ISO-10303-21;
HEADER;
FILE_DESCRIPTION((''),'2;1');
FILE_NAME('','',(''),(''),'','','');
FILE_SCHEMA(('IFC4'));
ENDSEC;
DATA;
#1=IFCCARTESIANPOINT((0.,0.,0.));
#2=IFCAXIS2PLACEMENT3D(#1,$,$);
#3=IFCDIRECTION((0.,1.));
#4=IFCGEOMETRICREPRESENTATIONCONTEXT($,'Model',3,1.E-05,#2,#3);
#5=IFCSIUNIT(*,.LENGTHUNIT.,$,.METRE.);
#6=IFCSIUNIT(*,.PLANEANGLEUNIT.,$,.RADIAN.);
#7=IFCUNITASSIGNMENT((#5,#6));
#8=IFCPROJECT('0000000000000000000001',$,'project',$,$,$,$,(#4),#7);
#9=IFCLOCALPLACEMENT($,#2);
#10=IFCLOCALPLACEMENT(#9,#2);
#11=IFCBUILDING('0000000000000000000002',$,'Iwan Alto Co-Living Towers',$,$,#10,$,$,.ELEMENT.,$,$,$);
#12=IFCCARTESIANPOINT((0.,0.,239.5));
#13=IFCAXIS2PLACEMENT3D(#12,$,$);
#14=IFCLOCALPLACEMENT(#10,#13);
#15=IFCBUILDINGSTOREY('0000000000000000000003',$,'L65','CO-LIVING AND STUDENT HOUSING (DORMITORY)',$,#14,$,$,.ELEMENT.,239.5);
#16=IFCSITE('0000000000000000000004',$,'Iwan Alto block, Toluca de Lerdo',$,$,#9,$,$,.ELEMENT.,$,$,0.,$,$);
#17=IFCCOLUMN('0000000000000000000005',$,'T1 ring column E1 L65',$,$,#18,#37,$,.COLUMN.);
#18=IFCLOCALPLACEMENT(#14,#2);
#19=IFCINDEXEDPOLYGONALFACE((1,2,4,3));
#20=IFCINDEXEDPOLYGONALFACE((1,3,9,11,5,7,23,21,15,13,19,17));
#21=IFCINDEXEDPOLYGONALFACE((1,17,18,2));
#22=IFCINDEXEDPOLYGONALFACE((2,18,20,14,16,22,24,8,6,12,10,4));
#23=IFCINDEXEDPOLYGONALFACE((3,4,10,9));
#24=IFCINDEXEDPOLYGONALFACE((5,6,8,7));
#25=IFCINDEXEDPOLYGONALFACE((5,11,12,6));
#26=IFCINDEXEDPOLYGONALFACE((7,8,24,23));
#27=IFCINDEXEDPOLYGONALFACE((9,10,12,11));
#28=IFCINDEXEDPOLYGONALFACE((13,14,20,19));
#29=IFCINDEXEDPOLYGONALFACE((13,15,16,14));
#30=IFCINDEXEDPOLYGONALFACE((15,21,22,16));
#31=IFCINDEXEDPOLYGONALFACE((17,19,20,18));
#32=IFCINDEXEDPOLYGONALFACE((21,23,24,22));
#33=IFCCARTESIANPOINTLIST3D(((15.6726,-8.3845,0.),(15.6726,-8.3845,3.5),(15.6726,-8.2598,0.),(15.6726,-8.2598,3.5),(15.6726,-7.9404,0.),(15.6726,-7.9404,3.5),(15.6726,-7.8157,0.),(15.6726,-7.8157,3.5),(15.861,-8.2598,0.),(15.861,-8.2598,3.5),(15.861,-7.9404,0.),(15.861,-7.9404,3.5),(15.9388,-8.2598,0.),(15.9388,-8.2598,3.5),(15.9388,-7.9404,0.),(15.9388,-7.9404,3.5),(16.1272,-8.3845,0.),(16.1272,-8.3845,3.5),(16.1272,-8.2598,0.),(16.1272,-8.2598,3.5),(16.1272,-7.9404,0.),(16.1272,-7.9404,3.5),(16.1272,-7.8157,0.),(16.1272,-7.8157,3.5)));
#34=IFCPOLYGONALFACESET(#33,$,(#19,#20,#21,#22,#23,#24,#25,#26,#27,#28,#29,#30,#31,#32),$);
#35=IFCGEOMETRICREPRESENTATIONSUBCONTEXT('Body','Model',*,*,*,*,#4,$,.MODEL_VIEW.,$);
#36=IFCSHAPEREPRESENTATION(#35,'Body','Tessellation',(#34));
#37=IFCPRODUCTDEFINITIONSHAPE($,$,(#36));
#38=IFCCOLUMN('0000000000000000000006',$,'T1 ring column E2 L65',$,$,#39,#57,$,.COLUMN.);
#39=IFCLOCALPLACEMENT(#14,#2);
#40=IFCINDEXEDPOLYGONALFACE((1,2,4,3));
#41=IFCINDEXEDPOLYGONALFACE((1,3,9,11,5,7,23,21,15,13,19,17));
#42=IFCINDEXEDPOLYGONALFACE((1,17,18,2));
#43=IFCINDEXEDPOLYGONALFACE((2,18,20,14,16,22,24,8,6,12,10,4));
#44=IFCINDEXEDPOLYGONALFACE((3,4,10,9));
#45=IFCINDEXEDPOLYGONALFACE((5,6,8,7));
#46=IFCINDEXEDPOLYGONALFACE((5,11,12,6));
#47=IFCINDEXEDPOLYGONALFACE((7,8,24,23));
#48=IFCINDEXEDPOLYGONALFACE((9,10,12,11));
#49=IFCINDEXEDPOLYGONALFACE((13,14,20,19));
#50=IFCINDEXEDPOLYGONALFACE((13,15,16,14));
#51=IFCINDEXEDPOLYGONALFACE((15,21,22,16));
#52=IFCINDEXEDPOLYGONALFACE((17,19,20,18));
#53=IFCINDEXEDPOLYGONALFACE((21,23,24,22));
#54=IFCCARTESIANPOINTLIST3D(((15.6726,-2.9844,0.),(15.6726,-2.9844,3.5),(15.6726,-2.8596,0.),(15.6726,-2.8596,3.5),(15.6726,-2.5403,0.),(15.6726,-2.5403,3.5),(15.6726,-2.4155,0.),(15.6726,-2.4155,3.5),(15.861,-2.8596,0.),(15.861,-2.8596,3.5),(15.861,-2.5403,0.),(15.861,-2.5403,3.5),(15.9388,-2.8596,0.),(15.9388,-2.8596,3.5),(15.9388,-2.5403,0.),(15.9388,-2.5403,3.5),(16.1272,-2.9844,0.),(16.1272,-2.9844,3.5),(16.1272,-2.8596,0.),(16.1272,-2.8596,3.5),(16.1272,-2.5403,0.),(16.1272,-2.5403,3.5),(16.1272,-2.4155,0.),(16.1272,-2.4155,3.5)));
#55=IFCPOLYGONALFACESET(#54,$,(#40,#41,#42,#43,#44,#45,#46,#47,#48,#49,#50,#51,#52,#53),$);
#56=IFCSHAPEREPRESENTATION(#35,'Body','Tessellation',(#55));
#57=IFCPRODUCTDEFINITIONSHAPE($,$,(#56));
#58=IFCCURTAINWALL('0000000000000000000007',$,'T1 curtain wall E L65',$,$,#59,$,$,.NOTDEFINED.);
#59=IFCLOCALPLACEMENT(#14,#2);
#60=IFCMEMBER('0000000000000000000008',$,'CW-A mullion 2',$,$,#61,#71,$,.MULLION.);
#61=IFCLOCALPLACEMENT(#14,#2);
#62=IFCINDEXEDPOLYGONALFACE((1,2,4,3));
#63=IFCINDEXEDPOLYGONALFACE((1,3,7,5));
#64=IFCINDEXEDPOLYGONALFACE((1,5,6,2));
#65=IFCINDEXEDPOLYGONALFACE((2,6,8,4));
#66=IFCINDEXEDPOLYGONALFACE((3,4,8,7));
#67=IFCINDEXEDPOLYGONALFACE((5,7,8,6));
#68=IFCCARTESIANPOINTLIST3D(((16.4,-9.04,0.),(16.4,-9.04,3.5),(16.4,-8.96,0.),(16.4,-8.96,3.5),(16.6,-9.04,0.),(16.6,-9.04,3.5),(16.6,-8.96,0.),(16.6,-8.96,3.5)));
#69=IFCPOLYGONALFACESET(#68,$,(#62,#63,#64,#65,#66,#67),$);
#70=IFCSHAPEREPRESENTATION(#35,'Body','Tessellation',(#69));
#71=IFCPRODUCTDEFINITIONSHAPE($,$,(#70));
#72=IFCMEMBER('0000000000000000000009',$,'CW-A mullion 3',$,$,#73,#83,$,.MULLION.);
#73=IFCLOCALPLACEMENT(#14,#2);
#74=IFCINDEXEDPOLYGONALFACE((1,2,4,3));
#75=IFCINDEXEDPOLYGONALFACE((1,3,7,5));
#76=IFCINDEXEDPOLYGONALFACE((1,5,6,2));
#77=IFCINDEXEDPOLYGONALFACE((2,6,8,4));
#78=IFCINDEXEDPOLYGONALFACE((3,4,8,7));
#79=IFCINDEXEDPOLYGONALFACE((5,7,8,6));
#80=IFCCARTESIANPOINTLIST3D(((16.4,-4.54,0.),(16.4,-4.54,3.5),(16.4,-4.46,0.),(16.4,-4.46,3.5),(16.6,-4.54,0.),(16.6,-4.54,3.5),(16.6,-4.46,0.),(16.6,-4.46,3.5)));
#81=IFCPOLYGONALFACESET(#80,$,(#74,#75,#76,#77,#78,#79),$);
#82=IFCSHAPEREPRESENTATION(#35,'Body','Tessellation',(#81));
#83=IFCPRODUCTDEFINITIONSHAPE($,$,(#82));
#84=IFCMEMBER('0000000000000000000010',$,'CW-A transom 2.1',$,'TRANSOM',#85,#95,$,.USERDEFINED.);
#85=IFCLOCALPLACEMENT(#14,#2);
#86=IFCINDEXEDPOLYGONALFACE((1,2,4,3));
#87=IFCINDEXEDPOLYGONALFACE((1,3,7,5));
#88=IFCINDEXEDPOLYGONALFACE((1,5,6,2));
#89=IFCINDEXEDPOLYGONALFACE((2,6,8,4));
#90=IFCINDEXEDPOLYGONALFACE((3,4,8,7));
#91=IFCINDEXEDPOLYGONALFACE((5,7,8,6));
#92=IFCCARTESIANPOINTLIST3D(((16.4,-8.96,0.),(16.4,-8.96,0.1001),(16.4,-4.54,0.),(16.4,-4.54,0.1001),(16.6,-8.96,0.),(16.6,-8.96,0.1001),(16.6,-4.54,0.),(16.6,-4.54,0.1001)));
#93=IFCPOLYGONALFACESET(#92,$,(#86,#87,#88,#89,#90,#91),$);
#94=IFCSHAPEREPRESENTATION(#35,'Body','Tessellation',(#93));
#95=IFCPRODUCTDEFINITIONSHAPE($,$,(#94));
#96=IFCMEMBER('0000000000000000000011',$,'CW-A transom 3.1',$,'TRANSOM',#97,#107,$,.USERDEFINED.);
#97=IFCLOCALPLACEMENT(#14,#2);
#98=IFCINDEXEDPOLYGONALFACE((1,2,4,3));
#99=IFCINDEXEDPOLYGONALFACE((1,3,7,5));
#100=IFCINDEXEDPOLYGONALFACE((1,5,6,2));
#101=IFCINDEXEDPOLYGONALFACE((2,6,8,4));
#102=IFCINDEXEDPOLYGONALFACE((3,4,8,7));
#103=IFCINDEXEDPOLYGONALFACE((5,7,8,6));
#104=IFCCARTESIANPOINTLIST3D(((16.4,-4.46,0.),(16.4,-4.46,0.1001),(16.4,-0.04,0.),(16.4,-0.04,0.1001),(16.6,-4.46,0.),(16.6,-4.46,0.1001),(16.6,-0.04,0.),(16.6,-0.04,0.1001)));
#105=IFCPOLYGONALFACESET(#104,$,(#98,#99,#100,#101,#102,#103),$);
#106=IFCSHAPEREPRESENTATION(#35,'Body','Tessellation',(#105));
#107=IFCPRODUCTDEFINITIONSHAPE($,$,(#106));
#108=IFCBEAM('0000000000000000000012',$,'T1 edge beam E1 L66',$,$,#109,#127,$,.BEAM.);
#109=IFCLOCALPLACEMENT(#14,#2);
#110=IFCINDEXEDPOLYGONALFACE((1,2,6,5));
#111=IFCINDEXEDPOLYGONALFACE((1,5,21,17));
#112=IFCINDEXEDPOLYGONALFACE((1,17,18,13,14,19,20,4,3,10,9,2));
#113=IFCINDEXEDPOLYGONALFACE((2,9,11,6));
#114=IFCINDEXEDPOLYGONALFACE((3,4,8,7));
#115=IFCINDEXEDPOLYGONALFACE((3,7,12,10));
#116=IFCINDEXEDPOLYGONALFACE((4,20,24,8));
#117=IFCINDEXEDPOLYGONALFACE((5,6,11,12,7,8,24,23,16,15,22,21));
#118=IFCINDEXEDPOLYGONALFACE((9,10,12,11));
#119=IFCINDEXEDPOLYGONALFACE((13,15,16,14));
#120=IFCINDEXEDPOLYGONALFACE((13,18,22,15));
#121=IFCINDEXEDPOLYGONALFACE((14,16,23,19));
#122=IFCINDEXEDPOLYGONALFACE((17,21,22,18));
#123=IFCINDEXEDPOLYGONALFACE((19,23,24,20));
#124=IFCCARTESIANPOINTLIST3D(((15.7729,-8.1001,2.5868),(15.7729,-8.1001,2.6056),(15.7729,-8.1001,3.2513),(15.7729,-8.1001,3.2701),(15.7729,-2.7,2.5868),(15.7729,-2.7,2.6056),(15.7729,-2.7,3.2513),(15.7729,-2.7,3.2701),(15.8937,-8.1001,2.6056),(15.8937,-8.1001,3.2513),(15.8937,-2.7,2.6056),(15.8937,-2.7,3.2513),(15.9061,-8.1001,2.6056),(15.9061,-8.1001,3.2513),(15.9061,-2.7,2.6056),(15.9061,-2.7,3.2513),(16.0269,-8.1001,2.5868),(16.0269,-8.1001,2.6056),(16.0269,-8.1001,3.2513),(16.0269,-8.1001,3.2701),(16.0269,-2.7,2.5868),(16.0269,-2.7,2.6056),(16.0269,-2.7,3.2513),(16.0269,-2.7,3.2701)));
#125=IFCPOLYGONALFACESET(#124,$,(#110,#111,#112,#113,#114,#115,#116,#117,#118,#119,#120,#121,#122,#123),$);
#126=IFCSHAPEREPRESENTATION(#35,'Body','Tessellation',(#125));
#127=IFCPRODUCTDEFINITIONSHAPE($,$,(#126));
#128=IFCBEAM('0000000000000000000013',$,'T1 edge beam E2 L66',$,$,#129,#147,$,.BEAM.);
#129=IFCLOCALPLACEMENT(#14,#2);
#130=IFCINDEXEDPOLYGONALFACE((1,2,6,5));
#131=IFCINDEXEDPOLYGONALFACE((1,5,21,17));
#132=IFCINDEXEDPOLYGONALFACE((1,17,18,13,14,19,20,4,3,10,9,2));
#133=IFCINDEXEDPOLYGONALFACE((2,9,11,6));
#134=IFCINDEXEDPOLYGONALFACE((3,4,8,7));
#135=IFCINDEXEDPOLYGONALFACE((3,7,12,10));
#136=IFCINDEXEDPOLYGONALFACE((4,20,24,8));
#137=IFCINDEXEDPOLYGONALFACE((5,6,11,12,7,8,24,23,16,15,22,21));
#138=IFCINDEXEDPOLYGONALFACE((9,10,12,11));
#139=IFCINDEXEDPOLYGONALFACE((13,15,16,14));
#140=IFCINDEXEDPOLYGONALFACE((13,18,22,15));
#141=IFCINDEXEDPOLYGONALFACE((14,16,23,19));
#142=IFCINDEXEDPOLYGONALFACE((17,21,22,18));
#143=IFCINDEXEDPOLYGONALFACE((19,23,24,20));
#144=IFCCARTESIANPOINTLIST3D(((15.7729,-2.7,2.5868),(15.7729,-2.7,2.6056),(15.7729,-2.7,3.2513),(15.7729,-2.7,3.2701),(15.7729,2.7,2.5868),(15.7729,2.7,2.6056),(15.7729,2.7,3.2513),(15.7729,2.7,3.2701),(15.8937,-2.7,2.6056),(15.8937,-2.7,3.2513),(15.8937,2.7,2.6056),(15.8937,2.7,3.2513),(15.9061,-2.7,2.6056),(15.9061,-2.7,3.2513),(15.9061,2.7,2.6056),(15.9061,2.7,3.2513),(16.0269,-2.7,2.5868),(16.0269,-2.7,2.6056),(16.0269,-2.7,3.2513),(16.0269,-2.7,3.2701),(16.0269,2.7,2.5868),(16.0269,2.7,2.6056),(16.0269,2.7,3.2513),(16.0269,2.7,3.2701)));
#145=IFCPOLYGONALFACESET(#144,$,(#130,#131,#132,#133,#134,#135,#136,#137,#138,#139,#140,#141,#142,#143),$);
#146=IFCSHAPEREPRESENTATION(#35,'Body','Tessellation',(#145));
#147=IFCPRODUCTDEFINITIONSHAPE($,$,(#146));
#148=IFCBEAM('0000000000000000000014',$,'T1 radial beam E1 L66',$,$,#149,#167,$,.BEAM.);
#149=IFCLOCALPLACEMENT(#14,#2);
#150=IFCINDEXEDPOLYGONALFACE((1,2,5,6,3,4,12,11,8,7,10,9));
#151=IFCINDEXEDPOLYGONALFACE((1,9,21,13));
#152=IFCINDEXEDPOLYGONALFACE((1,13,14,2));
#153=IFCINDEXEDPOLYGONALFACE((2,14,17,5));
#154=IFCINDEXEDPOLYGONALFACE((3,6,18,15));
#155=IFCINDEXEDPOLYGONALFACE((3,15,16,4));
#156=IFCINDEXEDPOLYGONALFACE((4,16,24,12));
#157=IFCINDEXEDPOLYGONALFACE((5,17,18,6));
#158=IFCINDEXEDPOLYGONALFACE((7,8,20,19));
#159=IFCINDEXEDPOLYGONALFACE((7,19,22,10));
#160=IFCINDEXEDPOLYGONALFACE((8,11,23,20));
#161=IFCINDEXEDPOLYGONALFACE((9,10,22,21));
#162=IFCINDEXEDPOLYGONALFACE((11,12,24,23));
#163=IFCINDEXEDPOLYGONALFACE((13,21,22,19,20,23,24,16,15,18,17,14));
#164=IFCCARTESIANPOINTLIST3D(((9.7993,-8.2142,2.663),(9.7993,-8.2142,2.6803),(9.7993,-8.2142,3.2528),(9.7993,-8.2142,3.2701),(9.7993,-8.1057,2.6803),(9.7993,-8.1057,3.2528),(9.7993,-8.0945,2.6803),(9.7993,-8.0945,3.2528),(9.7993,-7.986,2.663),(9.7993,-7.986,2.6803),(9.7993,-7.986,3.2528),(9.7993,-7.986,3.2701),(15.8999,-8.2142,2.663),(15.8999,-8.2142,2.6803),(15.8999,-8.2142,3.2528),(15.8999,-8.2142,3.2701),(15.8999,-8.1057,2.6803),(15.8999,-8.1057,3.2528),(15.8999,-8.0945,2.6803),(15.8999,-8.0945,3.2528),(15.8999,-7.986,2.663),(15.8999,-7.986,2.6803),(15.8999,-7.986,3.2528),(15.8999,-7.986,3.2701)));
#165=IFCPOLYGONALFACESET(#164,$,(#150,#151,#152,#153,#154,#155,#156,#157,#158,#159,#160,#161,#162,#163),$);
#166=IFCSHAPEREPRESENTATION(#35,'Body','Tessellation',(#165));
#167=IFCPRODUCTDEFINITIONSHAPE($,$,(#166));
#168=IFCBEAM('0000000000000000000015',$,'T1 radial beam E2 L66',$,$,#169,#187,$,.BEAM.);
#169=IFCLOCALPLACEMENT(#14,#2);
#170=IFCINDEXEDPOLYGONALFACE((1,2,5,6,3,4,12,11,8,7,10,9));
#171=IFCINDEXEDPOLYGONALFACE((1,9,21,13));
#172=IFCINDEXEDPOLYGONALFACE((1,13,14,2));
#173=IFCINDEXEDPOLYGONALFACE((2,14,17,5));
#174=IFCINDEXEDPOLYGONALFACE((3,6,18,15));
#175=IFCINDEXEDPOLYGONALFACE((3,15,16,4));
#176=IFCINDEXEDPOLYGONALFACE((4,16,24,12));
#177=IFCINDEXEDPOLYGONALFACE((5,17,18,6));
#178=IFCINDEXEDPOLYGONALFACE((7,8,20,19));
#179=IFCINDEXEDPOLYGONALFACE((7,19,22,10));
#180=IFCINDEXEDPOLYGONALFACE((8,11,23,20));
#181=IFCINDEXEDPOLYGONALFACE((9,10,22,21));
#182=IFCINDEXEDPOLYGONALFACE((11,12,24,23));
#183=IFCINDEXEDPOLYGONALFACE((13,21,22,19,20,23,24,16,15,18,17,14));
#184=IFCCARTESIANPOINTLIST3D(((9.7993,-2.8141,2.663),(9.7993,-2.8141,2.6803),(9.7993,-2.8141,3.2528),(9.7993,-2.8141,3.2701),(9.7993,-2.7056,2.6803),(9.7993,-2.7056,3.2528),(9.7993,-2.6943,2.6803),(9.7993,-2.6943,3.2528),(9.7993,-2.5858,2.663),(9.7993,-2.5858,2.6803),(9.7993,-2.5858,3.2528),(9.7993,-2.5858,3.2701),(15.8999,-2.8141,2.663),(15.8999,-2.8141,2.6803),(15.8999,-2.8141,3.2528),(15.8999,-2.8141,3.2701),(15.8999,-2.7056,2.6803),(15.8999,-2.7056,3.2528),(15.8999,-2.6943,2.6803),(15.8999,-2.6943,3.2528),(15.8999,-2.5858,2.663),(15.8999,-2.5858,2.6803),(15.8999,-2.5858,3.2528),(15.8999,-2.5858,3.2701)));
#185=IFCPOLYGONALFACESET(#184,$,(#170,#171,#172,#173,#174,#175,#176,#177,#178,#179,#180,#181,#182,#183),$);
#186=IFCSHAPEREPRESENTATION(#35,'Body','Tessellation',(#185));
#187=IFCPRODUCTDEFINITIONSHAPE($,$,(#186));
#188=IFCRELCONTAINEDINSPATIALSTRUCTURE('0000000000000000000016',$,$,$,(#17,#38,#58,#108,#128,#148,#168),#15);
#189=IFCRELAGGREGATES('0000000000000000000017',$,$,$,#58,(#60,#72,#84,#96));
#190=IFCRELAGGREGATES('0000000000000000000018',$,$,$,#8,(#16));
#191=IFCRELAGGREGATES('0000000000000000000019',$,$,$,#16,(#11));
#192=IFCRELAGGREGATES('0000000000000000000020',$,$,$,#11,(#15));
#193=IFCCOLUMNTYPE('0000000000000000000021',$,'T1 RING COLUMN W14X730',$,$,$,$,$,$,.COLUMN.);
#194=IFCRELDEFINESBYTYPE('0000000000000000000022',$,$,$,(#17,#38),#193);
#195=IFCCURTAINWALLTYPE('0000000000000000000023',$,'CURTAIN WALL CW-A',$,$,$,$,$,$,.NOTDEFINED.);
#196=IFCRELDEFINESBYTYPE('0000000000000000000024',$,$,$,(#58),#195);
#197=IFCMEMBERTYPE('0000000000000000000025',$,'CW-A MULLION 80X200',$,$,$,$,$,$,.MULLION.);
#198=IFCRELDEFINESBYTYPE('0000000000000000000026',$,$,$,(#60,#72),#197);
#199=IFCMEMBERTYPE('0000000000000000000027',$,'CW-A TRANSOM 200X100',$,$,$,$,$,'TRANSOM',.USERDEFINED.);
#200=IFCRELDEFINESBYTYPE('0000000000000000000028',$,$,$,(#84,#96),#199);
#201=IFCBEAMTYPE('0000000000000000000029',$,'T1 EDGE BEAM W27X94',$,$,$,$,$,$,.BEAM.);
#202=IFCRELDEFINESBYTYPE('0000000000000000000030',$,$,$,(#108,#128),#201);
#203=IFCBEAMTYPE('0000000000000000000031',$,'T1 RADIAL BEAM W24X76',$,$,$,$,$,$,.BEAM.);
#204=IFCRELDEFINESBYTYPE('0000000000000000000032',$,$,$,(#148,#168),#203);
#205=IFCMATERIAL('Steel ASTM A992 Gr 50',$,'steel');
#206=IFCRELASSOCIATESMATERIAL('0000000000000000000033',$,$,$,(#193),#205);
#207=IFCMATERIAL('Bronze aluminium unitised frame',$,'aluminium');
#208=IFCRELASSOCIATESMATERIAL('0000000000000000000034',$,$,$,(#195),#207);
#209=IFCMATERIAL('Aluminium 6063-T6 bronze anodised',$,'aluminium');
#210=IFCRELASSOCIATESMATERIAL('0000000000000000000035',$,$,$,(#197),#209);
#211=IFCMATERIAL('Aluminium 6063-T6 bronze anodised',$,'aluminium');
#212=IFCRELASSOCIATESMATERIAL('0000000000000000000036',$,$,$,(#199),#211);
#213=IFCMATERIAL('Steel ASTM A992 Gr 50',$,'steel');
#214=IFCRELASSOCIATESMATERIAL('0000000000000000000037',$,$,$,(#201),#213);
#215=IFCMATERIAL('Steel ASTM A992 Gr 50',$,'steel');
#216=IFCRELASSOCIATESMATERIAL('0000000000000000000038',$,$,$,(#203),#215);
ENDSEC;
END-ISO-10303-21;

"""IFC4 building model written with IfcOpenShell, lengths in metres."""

from ifc_helpers import new_model, si_unit, direction, frame, origin, origin_2d, place, context, subcontext, project, spatial, rectangle, i_section, extrude, material, material_profile, profile_set, type_object, element, aggregate, save


model = new_model("IFC4")

# Units and contexts
model_context = context("Model", 3, precision=1e-05, world=origin(), true_north=direction((0.0, 1.0)))
body_context = subcontext(model_context, "Body", "Model", "MODEL_VIEW")
ifc_project = project(units=[si_unit("LENGTHUNIT", "METRE"), si_unit("PLANEANGLEUNIT", "RADIAN")], contexts=[model_context])

# Site, building, storey
site_placement = place(None, origin())
site = spatial("IfcSite", under=ifc_project, at=site_placement, Name="Iwan Alto block, Toluca de Lerdo", CompositionType="ELEMENT", RefElevation=0.0)
building_placement = place(site_placement, origin())
building = spatial("IfcBuilding", under=site, at=building_placement, Name="Iwan Alto Co-Living Towers", CompositionType="ELEMENT")
storey_placement = place(building_placement, frame((0.0, 0.0, 239.5)))
storey = spatial("IfcBuildingStorey", under=building, at=storey_placement, Name="L65", Description="CO-LIVING AND STUDENT HOUSING (DORMITORY)", CompositionType="ELEMENT", Elevation=239.5)

# Columns
ifc_material_1 = material(Name="Steel ASTM A992 Gr 50", Category="steel")
ifc_material_profile_1 = material_profile(ifc_material_1, i_section(OverallWidth=0.4546, OverallDepth=0.5688, WebThickness=0.0779, FlangeThickness=0.1248, at=origin_2d()), Name="W14X730")
ifc_profile_set_1 = profile_set([ifc_material_profile_1], Name="Steel ASTM A992 Gr 50")
column_type = type_object("IfcColumnType", Name="T1 RING COLUMN W14X730", PredefinedType="COLUMN", material=ifc_profile_set_1)
for number, where, z_axis, x_axis, name in (
    (1, (15.8999, -8.1001, 0.0), (0.0, 0.0, 1.0), (1.0, 0.0, 0.0), "T1 ring column E1 L65"),
    (2, (15.8999, -2.7, 0.0), (0.0, 0.0, 1.0), (1.0, 0.0, 0.0), "T1 ring column E2 L65"),
):
    element("IfcColumn", number, at=place(storey_placement, frame(where, z_axis=z_axis, x_axis=x_axis)), inside=storey, type_object=column_type, Name=name, PredefinedType="COLUMN", context=body_context, shape_type="SweptSolid", body=[
        extrude(i_section(OverallWidth=0.4546, OverallDepth=0.5688, WebThickness=0.0779, FlangeThickness=0.1248, at=origin_2d()), origin(), (0.0, 0.0, 1.0), 3.5),
    ])

# Curtain wall, members
ifc_material_2 = material(Name="Bronze aluminium unitised frame", Category="aluminium")
curtain_wall_type = type_object("IfcCurtainWallType", Name="CURTAIN WALL CW-A", PredefinedType="NOTDEFINED", material=ifc_material_2)
curtain_wall_placement = place(storey_placement, origin())
curtain_wall = element("IfcCurtainWall", 3, at=curtain_wall_placement, inside=storey, type_object=curtain_wall_type, Name="T1 curtain wall E L65", PredefinedType="NOTDEFINED")
ifc_material_3 = material(Name="Aluminium 6063-T6 bronze anodised", Category="aluminium")
ifc_material_profile_2 = material_profile(ifc_material_3, rectangle(XDim=0.2, YDim=0.0801, at=origin_2d()), Name="AL 80X200")
ifc_profile_set_2 = profile_set([ifc_material_profile_2], Name="Aluminium 6063-T6 bronze anodised")
member_type_1 = type_object("IfcMemberType", Name="CW-A MULLION 80X200", PredefinedType="MULLION", material=ifc_profile_set_2)
member_1_placement = place(storey_placement, frame((16.5, -9.0, 0.0), z_axis=(0.0, 0.0, 1.0), x_axis=(-1.0, 0.0, 0.0)))
member_1 = element("IfcMember", 4, at=member_1_placement, type_object=member_type_1, Name="CW-A mullion 2", PredefinedType="MULLION", context=body_context, shape_type="SweptSolid", body=[
    extrude(rectangle(XDim=0.2, YDim=0.0801, at=origin_2d()), origin(), (0.0, 0.0, 1.0), 3.5),
])
member_2_placement = place(storey_placement, frame((16.5, -4.5, 0.0), z_axis=(0.0, 0.0, 1.0), x_axis=(-1.0, 0.0, 0.0)))
member_2 = element("IfcMember", 5, at=member_2_placement, type_object=member_type_1, Name="CW-A mullion 3", PredefinedType="MULLION", context=body_context, shape_type="SweptSolid", body=[
    extrude(rectangle(XDim=0.2, YDim=0.0801, at=origin_2d()), origin(), (0.0, 0.0, 1.0), 3.5),
])
ifc_material_4 = material(Name="Aluminium 6063-T6 bronze anodised", Category="aluminium")
ifc_material_profile_3 = material_profile(ifc_material_4, rectangle(XDim=0.2, YDim=0.1001, at=origin_2d()), Name="AL 200X100")
ifc_profile_set_3 = profile_set([ifc_material_profile_3], Name="Aluminium 6063-T6 bronze anodised")
member_type_2 = type_object("IfcMemberType", Name="CW-A TRANSOM 200X100", ElementType="TRANSOM", PredefinedType="USERDEFINED", material=ifc_profile_set_3)
member_3_placement = place(storey_placement, frame((16.5, -8.96, 0.05), z_axis=(0.0, 1.0, 0.0), x_axis=(-1.0, 0.0, 0.0)))
member_3 = element("IfcMember", 6, at=member_3_placement, type_object=member_type_2, Name="CW-A transom 2.1", ObjectType="TRANSOM", PredefinedType="USERDEFINED", context=body_context, shape_type="SweptSolid", body=[
    extrude(rectangle(XDim=0.2, YDim=0.1001, at=origin_2d()), origin(), (0.0, 0.0, 1.0), 4.4199),
])
member_4_placement = place(storey_placement, frame((16.5, -4.46, 0.05), z_axis=(0.0, 1.0, 0.0), x_axis=(-1.0, 0.0, 0.0)))
member_4 = element("IfcMember", 7, at=member_4_placement, type_object=member_type_2, Name="CW-A transom 3.1", ObjectType="TRANSOM", PredefinedType="USERDEFINED", context=body_context, shape_type="SweptSolid", body=[
    extrude(rectangle(XDim=0.2, YDim=0.1001, at=origin_2d()), origin(), (0.0, 0.0, 1.0), 4.4199),
])

# Beams
ifc_material_5 = material(Name="Steel ASTM A992 Gr 50", Category="steel")
ifc_material_profile_4 = material_profile(ifc_material_5, i_section(OverallWidth=0.2539, OverallDepth=0.6833, WebThickness=0.0125, FlangeThickness=0.0188, at=origin_2d()), Name="W27X94")
ifc_profile_set_4 = profile_set([ifc_material_profile_4], Name="Steel ASTM A992 Gr 50")
beam_type_1 = type_object("IfcBeamType", Name="T1 EDGE BEAM W27X94", PredefinedType="BEAM", material=ifc_profile_set_4)
beam_1_placement = place(storey_placement, frame((15.8999, -8.1001, 2.9285), z_axis=(0.0, 1.0, 0.0), x_axis=(-1.0, 0.0, 0.0)))
element("IfcBeam", 8, at=beam_1_placement, inside=storey, type_object=beam_type_1, Name="T1 edge beam E1 L66", PredefinedType="BEAM", context=body_context, shape_type="SweptSolid", body=[
    extrude(i_section(OverallWidth=0.2539, OverallDepth=0.6833, WebThickness=0.0125, FlangeThickness=0.0188, at=origin_2d()), origin(), (0.0, 0.0, 1.0), 5.4001),
])
beam_2_placement = place(storey_placement, frame((15.8999, -2.7, 2.9285), z_axis=(0.0, 1.0, 0.0), x_axis=(-1.0, 0.0, 0.0)))
element("IfcBeam", 9, at=beam_2_placement, inside=storey, type_object=beam_type_1, Name="T1 edge beam E2 L66", PredefinedType="BEAM", context=body_context, shape_type="SweptSolid", body=[
    extrude(i_section(OverallWidth=0.2539, OverallDepth=0.6833, WebThickness=0.0125, FlangeThickness=0.0188, at=origin_2d()), origin(), (0.0, 0.0, 1.0), 5.3999),
])
ifc_material_6 = material(Name="Steel ASTM A992 Gr 50", Category="steel")
ifc_material_profile_5 = material_profile(ifc_material_6, i_section(OverallWidth=0.2283, OverallDepth=0.6072, WebThickness=0.0112, FlangeThickness=0.0173, at=origin_2d()), Name="W24X76")
ifc_profile_set_5 = profile_set([ifc_material_profile_5], Name="Steel ASTM A992 Gr 50")
beam_type_2 = type_object("IfcBeamType", Name="T1 RADIAL BEAM W24X76", PredefinedType="BEAM", material=ifc_profile_set_5)
for number, where, z_axis, x_axis, name in (
    (10, (15.8999, -8.1001, 2.9666), (-1.0, 0.0, 0.0), (0.0, -1.0, 0.0), "T1 radial beam E1 L66"),
    (11, (15.8999, -2.7, 2.9666), (-1.0, 0.0, 0.0), (0.0, -1.0, 0.0), "T1 radial beam E2 L66"),
):
    element("IfcBeam", number, at=place(storey_placement, frame(where, z_axis=z_axis, x_axis=x_axis)), inside=storey, type_object=beam_type_2, Name=name, PredefinedType="BEAM", context=body_context, shape_type="SweptSolid", body=[
        extrude(i_section(OverallWidth=0.2283, OverallDepth=0.6072, WebThickness=0.0112, FlangeThickness=0.0173, at=origin_2d()), origin(), (0.0, 0.0, 1.0), 6.1006),
    ])

aggregate(curtain_wall, [member_1, member_2, member_3, member_4])

save(model, "model.ifc")
